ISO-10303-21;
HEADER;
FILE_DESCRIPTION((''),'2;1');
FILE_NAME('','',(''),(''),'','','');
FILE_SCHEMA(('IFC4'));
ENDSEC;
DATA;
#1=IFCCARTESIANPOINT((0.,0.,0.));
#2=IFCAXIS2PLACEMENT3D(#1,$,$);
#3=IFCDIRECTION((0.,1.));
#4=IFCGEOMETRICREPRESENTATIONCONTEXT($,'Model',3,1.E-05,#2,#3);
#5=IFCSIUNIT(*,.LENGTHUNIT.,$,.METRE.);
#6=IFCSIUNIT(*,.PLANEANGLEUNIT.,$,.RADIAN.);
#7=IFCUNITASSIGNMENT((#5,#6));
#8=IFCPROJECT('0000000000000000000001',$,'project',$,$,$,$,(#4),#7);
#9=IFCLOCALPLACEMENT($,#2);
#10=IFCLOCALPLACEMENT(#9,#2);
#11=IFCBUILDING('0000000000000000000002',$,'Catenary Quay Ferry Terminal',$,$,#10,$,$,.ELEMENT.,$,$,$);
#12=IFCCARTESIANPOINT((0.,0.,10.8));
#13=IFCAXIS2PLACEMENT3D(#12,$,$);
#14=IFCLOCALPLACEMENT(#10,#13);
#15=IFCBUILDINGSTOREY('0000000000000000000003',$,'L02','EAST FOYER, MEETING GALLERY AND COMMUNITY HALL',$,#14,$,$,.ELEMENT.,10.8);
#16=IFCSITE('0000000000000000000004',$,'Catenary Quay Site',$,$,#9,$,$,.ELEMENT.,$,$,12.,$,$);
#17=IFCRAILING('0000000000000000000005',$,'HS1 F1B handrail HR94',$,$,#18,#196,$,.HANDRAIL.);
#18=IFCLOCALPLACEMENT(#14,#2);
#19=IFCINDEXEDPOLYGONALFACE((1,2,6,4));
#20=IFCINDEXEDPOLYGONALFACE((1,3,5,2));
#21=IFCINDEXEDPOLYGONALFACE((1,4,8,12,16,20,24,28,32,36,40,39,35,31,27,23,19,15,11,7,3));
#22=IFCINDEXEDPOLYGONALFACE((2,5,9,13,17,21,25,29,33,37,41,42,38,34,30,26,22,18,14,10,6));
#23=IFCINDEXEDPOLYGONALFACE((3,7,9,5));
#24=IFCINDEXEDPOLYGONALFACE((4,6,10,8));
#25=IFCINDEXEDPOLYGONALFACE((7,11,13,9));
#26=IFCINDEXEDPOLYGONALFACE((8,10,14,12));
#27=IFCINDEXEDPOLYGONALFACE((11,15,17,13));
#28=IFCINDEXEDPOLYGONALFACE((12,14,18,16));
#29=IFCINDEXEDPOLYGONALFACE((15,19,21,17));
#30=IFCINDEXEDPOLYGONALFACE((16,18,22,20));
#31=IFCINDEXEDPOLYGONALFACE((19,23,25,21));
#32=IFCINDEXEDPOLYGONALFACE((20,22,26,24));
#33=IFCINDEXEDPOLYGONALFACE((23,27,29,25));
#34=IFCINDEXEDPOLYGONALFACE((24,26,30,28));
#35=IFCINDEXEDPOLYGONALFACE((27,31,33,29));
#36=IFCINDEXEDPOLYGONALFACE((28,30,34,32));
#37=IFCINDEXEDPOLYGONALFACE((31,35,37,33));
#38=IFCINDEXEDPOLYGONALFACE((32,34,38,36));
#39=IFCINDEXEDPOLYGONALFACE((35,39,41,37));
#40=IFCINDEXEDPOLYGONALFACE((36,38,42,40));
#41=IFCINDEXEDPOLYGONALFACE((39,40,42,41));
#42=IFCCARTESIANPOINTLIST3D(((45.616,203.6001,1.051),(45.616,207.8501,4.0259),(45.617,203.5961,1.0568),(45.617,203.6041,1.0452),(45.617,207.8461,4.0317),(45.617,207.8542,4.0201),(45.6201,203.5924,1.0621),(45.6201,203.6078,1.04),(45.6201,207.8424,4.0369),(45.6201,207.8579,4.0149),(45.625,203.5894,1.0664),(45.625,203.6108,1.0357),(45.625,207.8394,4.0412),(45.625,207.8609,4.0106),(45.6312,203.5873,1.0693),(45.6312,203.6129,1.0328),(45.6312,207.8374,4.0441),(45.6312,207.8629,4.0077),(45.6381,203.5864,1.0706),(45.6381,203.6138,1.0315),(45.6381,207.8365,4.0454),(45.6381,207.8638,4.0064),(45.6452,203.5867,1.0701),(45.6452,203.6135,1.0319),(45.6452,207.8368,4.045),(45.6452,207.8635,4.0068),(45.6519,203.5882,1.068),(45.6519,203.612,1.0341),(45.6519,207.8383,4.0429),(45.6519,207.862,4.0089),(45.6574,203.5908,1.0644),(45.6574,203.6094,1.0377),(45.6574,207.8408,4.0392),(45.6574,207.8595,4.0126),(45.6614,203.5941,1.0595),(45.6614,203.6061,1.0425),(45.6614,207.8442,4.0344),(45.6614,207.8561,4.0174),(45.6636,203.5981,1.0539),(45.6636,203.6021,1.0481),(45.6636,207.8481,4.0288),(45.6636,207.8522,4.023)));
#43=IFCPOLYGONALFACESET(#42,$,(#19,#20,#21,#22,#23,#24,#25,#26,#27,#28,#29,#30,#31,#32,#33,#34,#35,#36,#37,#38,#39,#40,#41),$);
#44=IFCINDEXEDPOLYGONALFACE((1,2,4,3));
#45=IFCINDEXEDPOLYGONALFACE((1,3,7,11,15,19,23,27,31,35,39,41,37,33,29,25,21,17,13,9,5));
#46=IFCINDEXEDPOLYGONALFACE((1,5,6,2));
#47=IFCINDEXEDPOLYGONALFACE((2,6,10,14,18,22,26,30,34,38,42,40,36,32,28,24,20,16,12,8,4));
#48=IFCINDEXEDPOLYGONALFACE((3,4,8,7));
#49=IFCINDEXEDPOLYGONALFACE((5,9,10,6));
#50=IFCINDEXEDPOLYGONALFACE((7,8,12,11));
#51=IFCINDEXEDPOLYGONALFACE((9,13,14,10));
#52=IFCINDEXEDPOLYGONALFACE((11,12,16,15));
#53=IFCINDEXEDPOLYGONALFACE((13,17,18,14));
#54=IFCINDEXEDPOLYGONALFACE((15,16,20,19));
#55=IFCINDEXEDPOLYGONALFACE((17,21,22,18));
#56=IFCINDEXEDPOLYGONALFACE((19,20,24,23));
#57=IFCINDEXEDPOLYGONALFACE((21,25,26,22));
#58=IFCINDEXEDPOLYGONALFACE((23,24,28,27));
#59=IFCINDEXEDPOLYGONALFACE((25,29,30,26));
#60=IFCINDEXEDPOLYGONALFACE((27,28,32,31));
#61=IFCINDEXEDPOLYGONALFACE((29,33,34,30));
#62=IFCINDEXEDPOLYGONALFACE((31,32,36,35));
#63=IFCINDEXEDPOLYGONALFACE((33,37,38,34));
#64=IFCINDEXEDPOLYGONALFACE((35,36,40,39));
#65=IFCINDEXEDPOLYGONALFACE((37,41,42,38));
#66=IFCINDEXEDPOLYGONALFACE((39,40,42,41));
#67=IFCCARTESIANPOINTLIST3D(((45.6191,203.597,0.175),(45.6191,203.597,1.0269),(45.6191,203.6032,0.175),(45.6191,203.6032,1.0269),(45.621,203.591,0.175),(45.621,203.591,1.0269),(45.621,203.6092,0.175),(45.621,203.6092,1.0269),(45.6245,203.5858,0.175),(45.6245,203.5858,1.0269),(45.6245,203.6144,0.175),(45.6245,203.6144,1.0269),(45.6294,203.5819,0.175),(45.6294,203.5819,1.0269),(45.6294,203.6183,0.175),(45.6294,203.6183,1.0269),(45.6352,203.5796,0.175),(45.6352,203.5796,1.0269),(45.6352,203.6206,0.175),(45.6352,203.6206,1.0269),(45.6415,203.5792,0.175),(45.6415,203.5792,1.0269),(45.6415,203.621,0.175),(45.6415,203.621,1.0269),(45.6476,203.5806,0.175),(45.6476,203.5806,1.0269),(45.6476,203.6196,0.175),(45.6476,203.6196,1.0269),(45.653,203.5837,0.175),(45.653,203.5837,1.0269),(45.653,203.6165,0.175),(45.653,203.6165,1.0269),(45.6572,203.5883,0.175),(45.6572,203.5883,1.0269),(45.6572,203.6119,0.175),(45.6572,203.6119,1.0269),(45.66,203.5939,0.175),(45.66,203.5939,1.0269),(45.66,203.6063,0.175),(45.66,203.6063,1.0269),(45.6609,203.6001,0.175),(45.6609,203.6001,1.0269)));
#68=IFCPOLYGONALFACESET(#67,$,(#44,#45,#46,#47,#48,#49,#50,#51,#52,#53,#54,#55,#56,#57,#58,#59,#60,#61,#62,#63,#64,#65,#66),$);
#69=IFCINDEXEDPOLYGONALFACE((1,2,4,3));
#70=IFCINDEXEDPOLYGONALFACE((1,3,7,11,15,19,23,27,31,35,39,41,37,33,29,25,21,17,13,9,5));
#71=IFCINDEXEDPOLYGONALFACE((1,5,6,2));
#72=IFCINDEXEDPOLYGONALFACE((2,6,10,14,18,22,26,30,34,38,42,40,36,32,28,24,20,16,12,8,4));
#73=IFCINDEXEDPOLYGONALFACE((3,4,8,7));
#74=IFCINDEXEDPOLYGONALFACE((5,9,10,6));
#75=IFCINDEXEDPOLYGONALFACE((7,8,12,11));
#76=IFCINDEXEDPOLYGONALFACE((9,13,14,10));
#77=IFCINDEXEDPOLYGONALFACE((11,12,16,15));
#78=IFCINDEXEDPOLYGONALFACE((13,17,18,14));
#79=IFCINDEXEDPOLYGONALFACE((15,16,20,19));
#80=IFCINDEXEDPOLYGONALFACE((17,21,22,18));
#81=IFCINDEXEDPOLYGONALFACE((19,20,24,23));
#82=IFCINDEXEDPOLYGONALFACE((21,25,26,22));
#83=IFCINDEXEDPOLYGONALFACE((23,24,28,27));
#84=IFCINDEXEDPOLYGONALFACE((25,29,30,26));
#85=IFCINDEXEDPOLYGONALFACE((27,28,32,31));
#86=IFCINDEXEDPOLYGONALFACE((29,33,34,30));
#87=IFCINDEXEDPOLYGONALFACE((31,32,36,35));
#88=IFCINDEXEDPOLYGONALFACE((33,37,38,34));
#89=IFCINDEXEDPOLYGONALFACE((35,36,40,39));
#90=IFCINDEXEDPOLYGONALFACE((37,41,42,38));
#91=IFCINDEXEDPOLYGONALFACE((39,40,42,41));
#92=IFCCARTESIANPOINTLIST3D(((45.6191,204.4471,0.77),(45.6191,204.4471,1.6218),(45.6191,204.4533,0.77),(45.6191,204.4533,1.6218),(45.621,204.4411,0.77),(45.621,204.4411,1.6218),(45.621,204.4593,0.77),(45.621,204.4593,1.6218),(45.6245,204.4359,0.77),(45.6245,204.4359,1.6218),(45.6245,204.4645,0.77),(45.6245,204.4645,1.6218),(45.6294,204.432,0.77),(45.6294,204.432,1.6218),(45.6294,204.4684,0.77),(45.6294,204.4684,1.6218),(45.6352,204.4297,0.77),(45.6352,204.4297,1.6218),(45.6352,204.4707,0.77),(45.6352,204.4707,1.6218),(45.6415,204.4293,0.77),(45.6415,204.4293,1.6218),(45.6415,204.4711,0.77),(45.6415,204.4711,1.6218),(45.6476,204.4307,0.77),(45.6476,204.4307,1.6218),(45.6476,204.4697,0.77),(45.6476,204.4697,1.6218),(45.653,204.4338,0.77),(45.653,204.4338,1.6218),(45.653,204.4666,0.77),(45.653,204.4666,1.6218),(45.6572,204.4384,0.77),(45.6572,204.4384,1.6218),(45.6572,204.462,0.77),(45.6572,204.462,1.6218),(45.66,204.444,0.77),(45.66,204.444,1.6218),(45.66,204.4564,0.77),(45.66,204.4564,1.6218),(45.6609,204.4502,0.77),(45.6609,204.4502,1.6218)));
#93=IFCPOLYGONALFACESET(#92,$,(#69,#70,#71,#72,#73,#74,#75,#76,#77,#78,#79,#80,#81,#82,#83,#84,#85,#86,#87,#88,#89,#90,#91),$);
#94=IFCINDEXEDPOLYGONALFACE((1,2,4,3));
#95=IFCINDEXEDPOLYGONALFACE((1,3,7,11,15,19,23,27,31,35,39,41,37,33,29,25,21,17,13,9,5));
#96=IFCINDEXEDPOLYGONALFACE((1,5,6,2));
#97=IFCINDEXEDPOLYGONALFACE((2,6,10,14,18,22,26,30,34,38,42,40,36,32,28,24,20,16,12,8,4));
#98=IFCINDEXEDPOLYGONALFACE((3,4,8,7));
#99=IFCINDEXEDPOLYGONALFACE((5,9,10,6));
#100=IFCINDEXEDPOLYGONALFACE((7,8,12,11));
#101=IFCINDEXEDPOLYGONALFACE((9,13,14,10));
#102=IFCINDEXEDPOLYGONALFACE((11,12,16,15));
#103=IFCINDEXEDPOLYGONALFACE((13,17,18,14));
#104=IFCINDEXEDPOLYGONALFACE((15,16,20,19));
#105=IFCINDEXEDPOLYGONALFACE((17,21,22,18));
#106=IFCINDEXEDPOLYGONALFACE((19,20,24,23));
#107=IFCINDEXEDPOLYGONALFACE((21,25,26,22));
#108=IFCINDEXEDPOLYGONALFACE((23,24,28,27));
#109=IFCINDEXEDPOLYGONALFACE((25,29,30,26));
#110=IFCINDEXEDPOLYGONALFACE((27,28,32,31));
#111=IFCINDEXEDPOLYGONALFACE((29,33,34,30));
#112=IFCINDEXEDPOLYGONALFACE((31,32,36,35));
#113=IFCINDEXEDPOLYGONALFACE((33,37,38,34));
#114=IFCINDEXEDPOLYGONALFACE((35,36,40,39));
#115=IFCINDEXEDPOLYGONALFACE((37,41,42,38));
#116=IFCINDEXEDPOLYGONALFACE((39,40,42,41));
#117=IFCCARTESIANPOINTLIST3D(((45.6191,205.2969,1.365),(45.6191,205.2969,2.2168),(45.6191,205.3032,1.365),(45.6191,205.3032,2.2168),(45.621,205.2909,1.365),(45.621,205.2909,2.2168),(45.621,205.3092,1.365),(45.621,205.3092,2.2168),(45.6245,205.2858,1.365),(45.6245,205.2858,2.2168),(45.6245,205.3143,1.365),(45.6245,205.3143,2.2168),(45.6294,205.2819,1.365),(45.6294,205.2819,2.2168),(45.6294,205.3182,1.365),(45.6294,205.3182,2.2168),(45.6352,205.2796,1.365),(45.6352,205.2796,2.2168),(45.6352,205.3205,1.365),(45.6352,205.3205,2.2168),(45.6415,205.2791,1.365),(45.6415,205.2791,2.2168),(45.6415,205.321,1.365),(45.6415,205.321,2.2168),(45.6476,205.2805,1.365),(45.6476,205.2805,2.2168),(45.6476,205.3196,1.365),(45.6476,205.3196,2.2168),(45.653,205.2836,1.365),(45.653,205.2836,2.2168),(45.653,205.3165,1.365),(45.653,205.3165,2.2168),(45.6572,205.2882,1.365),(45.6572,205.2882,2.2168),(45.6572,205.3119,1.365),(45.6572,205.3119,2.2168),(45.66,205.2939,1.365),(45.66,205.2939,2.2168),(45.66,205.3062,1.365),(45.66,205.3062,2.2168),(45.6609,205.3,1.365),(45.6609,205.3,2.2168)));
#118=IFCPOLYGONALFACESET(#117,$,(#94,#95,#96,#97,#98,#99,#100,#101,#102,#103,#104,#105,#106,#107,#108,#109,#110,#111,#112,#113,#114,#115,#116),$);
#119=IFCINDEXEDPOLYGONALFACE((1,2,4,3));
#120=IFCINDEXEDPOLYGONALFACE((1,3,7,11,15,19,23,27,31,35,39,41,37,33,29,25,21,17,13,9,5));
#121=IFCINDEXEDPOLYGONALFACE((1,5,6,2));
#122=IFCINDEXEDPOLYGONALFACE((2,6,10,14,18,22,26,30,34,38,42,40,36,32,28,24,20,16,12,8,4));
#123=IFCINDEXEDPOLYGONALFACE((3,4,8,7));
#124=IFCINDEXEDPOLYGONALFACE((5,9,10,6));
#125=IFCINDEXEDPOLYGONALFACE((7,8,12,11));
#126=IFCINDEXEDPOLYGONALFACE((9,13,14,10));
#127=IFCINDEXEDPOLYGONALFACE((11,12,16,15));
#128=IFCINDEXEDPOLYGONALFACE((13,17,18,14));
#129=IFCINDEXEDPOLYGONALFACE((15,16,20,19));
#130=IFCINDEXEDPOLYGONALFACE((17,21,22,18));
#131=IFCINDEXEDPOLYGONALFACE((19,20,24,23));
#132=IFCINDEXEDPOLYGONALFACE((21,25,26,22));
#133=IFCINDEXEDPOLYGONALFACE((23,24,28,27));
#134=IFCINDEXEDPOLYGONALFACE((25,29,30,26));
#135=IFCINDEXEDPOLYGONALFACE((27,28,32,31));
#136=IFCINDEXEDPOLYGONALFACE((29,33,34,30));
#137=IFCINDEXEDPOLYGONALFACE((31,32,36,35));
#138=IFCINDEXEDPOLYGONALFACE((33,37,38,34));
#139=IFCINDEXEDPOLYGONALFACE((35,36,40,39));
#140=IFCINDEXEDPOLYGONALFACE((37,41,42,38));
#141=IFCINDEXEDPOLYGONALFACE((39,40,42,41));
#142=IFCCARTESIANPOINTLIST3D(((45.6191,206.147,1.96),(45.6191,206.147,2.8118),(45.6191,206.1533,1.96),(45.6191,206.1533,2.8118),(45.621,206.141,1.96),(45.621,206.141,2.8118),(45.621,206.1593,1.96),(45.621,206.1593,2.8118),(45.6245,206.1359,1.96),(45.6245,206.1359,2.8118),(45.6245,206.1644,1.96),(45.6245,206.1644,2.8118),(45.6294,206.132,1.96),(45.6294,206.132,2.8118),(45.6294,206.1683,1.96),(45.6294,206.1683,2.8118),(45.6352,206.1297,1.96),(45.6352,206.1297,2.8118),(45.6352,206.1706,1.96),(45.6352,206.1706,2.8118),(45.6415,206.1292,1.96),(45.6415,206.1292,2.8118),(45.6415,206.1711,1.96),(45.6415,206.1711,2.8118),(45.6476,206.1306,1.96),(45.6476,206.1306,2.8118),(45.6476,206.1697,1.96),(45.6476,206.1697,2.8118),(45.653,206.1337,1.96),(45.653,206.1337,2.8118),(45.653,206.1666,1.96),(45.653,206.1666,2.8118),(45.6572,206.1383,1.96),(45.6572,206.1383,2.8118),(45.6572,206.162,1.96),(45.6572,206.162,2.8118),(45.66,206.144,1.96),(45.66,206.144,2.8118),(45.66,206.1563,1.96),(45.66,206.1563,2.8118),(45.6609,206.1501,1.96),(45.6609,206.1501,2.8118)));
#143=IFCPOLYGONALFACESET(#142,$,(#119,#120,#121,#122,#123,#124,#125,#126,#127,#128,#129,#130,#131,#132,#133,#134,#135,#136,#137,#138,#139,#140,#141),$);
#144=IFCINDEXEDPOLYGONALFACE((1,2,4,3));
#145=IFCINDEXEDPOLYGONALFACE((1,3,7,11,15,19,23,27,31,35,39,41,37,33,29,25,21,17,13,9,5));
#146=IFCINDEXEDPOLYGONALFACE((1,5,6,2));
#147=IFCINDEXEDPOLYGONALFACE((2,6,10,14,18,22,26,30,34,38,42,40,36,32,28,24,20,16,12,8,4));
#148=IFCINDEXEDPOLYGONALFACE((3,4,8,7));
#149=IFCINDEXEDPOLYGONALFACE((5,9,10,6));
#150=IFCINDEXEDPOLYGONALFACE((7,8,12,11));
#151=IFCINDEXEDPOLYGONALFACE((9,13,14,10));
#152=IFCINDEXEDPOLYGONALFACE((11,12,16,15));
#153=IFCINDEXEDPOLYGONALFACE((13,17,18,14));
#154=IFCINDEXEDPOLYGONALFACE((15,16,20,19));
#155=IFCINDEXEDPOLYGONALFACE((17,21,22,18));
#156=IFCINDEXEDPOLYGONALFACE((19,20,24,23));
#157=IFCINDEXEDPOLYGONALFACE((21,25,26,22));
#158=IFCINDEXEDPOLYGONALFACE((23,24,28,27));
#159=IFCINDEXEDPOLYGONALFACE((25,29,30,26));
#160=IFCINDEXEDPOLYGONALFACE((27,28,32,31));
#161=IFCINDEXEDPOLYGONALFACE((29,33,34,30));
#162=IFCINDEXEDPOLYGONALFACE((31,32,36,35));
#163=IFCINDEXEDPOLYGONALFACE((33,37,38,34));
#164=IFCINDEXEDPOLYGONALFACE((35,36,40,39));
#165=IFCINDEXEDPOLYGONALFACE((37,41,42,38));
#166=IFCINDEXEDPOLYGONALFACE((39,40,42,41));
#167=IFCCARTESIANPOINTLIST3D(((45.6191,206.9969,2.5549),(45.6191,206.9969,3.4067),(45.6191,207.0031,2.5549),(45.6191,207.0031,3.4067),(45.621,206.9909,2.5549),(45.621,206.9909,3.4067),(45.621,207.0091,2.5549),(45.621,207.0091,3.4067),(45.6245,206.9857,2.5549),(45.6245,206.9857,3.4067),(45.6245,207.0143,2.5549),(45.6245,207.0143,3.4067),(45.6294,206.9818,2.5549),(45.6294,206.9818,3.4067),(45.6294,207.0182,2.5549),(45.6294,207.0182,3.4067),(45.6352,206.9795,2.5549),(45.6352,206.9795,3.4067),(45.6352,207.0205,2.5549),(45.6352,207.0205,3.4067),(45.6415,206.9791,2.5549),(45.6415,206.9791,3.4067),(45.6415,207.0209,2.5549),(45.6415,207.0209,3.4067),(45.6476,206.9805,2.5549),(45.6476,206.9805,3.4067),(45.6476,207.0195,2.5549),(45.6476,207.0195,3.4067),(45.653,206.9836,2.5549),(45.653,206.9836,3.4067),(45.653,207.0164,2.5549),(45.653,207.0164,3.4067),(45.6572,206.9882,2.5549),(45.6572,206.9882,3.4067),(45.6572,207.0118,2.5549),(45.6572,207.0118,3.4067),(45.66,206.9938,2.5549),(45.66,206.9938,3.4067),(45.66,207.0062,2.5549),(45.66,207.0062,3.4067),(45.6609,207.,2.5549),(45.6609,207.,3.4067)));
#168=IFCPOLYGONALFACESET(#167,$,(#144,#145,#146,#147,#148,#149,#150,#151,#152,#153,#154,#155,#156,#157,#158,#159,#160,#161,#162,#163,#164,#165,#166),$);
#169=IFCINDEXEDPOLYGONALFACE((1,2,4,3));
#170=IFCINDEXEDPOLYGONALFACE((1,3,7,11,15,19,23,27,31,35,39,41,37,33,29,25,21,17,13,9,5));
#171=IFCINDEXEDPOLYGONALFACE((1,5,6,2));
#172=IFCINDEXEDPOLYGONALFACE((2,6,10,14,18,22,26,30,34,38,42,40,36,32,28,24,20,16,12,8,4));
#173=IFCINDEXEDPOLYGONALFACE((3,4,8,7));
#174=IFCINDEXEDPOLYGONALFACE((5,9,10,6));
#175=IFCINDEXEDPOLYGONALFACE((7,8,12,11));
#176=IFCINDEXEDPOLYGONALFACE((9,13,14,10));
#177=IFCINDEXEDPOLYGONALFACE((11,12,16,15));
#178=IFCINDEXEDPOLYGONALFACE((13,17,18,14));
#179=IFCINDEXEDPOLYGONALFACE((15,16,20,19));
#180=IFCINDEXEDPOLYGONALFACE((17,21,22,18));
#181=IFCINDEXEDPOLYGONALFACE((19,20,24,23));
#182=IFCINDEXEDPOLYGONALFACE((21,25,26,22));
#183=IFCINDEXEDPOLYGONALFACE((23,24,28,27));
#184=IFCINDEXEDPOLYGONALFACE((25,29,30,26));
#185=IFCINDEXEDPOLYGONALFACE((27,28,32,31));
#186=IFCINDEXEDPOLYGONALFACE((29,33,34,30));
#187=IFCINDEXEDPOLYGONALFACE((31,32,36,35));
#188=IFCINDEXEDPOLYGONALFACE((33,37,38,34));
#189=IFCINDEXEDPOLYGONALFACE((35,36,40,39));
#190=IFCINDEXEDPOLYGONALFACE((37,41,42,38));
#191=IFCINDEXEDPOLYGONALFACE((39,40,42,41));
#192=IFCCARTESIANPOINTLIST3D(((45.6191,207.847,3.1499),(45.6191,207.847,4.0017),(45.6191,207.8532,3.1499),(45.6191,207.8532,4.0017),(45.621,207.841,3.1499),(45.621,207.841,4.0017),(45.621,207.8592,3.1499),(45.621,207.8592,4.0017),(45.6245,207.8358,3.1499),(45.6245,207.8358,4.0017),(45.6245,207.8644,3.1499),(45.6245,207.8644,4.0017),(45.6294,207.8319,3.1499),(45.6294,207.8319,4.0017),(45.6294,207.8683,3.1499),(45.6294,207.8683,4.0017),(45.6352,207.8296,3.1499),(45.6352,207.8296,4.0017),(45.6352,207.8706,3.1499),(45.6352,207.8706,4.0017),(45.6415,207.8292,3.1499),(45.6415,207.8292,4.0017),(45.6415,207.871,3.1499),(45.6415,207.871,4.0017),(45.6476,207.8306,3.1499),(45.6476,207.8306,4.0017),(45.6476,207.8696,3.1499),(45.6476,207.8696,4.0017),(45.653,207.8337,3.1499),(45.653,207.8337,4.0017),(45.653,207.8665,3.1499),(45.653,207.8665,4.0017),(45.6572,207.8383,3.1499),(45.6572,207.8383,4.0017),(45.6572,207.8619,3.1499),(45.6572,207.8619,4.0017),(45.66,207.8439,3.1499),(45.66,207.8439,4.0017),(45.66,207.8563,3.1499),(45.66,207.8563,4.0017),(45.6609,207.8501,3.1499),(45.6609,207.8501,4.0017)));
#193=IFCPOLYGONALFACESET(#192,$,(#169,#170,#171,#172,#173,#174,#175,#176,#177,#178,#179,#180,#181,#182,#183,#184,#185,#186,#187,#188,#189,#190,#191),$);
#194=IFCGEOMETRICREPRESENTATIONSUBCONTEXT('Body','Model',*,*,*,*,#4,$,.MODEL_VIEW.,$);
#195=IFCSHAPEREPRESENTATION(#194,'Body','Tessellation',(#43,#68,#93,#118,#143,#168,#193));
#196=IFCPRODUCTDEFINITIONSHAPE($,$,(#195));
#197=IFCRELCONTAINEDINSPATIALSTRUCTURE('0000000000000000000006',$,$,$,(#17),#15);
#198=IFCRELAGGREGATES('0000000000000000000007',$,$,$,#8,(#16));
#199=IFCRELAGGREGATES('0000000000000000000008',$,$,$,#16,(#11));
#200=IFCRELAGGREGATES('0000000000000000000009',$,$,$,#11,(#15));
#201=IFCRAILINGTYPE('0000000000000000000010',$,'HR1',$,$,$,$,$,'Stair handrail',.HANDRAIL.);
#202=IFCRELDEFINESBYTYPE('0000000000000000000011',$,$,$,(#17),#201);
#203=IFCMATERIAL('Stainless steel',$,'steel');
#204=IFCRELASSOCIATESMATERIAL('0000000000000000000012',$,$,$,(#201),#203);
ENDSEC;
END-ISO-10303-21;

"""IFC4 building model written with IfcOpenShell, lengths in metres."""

from ifc_helpers import new_model, si_unit, direction, frame, origin, origin_2d, place, context, subcontext, project, spatial, circle, extrude, material, type_object, element, save


model = new_model("IFC4")

# Units and contexts
model_context = context("Model", 3, precision=1e-05, world=origin(), true_north=direction((0.0, 1.0)))
body_context = subcontext(model_context, "Body", "Model", "MODEL_VIEW")
ifc_project = project(units=[si_unit("LENGTHUNIT", "METRE"), si_unit("PLANEANGLEUNIT", "RADIAN")], contexts=[model_context])

# Site, building, storey
site_placement = place(None, origin())
site = spatial("IfcSite", under=ifc_project, at=site_placement, Name="Catenary Quay Site", CompositionType="ELEMENT", RefElevation=12.0)
building_placement = place(site_placement, origin())
building = spatial("IfcBuilding", under=site, at=building_placement, Name="Catenary Quay Ferry Terminal", CompositionType="ELEMENT")
storey_placement = place(building_placement, frame((0.0, 0.0, 10.8)))
storey = spatial("IfcBuildingStorey", under=building, at=storey_placement, Name="L02", Description="EAST FOYER, MEETING GALLERY AND COMMUNITY HALL", CompositionType="ELEMENT", Elevation=10.8)

# Railing
ifc_material_1 = material(Name="Stainless steel", Category="steel")
railing_type_1 = type_object("IfcRailingType", Name="HR1", ElementType="Stair handrail", PredefinedType="HANDRAIL", material=ifc_material_1)
for number, where, name in (
    (1, (45.6399, 203.6001, 0.175), "HS1 F1B handrail HR94"),
):
    element("IfcRailing", number, at=place(storey_placement, frame(where)), inside=storey, type_object=railing_type_1, Name=name, PredefinedType="HANDRAIL", context=body_context, shape_type="SweptSolid", body=[
        extrude(circle(Radius=0.0239, at=origin_2d()), frame((0.0, 0.0, 0.876), z_axis=(0.0, 0.819245, 0.573443), x_axis=(-1.0, 0.0, 0.0)), (0.0, 0.0, 1.0), 5.1877),
        extrude(circle(Radius=0.021, at=origin_2d()), origin(), (0.0, 0.0, 1.0), 0.8518),
        extrude(circle(Radius=0.021, at=origin_2d()), frame((0.0, 0.8501, 0.595)), (0.0, 0.0, 1.0), 0.8518),
        extrude(circle(Radius=0.021, at=origin_2d()), frame((0.0, 1.7, 1.1899)), (0.0, 0.0, 1.0), 0.8518),
        extrude(circle(Radius=0.021, at=origin_2d()), frame((0.0, 2.55, 1.7849)), (0.0, 0.0, 1.0), 0.8518),
        extrude(circle(Radius=0.021, at=origin_2d()), frame((0.0, 3.3999, 2.3799)), (0.0, 0.0, 1.0), 0.8518),
        extrude(circle(Radius=0.021, at=origin_2d()), frame((0.0, 4.25, 2.9749)), (0.0, 0.0, 1.0), 0.8518),
    ])

save(model, "model.ifc")
